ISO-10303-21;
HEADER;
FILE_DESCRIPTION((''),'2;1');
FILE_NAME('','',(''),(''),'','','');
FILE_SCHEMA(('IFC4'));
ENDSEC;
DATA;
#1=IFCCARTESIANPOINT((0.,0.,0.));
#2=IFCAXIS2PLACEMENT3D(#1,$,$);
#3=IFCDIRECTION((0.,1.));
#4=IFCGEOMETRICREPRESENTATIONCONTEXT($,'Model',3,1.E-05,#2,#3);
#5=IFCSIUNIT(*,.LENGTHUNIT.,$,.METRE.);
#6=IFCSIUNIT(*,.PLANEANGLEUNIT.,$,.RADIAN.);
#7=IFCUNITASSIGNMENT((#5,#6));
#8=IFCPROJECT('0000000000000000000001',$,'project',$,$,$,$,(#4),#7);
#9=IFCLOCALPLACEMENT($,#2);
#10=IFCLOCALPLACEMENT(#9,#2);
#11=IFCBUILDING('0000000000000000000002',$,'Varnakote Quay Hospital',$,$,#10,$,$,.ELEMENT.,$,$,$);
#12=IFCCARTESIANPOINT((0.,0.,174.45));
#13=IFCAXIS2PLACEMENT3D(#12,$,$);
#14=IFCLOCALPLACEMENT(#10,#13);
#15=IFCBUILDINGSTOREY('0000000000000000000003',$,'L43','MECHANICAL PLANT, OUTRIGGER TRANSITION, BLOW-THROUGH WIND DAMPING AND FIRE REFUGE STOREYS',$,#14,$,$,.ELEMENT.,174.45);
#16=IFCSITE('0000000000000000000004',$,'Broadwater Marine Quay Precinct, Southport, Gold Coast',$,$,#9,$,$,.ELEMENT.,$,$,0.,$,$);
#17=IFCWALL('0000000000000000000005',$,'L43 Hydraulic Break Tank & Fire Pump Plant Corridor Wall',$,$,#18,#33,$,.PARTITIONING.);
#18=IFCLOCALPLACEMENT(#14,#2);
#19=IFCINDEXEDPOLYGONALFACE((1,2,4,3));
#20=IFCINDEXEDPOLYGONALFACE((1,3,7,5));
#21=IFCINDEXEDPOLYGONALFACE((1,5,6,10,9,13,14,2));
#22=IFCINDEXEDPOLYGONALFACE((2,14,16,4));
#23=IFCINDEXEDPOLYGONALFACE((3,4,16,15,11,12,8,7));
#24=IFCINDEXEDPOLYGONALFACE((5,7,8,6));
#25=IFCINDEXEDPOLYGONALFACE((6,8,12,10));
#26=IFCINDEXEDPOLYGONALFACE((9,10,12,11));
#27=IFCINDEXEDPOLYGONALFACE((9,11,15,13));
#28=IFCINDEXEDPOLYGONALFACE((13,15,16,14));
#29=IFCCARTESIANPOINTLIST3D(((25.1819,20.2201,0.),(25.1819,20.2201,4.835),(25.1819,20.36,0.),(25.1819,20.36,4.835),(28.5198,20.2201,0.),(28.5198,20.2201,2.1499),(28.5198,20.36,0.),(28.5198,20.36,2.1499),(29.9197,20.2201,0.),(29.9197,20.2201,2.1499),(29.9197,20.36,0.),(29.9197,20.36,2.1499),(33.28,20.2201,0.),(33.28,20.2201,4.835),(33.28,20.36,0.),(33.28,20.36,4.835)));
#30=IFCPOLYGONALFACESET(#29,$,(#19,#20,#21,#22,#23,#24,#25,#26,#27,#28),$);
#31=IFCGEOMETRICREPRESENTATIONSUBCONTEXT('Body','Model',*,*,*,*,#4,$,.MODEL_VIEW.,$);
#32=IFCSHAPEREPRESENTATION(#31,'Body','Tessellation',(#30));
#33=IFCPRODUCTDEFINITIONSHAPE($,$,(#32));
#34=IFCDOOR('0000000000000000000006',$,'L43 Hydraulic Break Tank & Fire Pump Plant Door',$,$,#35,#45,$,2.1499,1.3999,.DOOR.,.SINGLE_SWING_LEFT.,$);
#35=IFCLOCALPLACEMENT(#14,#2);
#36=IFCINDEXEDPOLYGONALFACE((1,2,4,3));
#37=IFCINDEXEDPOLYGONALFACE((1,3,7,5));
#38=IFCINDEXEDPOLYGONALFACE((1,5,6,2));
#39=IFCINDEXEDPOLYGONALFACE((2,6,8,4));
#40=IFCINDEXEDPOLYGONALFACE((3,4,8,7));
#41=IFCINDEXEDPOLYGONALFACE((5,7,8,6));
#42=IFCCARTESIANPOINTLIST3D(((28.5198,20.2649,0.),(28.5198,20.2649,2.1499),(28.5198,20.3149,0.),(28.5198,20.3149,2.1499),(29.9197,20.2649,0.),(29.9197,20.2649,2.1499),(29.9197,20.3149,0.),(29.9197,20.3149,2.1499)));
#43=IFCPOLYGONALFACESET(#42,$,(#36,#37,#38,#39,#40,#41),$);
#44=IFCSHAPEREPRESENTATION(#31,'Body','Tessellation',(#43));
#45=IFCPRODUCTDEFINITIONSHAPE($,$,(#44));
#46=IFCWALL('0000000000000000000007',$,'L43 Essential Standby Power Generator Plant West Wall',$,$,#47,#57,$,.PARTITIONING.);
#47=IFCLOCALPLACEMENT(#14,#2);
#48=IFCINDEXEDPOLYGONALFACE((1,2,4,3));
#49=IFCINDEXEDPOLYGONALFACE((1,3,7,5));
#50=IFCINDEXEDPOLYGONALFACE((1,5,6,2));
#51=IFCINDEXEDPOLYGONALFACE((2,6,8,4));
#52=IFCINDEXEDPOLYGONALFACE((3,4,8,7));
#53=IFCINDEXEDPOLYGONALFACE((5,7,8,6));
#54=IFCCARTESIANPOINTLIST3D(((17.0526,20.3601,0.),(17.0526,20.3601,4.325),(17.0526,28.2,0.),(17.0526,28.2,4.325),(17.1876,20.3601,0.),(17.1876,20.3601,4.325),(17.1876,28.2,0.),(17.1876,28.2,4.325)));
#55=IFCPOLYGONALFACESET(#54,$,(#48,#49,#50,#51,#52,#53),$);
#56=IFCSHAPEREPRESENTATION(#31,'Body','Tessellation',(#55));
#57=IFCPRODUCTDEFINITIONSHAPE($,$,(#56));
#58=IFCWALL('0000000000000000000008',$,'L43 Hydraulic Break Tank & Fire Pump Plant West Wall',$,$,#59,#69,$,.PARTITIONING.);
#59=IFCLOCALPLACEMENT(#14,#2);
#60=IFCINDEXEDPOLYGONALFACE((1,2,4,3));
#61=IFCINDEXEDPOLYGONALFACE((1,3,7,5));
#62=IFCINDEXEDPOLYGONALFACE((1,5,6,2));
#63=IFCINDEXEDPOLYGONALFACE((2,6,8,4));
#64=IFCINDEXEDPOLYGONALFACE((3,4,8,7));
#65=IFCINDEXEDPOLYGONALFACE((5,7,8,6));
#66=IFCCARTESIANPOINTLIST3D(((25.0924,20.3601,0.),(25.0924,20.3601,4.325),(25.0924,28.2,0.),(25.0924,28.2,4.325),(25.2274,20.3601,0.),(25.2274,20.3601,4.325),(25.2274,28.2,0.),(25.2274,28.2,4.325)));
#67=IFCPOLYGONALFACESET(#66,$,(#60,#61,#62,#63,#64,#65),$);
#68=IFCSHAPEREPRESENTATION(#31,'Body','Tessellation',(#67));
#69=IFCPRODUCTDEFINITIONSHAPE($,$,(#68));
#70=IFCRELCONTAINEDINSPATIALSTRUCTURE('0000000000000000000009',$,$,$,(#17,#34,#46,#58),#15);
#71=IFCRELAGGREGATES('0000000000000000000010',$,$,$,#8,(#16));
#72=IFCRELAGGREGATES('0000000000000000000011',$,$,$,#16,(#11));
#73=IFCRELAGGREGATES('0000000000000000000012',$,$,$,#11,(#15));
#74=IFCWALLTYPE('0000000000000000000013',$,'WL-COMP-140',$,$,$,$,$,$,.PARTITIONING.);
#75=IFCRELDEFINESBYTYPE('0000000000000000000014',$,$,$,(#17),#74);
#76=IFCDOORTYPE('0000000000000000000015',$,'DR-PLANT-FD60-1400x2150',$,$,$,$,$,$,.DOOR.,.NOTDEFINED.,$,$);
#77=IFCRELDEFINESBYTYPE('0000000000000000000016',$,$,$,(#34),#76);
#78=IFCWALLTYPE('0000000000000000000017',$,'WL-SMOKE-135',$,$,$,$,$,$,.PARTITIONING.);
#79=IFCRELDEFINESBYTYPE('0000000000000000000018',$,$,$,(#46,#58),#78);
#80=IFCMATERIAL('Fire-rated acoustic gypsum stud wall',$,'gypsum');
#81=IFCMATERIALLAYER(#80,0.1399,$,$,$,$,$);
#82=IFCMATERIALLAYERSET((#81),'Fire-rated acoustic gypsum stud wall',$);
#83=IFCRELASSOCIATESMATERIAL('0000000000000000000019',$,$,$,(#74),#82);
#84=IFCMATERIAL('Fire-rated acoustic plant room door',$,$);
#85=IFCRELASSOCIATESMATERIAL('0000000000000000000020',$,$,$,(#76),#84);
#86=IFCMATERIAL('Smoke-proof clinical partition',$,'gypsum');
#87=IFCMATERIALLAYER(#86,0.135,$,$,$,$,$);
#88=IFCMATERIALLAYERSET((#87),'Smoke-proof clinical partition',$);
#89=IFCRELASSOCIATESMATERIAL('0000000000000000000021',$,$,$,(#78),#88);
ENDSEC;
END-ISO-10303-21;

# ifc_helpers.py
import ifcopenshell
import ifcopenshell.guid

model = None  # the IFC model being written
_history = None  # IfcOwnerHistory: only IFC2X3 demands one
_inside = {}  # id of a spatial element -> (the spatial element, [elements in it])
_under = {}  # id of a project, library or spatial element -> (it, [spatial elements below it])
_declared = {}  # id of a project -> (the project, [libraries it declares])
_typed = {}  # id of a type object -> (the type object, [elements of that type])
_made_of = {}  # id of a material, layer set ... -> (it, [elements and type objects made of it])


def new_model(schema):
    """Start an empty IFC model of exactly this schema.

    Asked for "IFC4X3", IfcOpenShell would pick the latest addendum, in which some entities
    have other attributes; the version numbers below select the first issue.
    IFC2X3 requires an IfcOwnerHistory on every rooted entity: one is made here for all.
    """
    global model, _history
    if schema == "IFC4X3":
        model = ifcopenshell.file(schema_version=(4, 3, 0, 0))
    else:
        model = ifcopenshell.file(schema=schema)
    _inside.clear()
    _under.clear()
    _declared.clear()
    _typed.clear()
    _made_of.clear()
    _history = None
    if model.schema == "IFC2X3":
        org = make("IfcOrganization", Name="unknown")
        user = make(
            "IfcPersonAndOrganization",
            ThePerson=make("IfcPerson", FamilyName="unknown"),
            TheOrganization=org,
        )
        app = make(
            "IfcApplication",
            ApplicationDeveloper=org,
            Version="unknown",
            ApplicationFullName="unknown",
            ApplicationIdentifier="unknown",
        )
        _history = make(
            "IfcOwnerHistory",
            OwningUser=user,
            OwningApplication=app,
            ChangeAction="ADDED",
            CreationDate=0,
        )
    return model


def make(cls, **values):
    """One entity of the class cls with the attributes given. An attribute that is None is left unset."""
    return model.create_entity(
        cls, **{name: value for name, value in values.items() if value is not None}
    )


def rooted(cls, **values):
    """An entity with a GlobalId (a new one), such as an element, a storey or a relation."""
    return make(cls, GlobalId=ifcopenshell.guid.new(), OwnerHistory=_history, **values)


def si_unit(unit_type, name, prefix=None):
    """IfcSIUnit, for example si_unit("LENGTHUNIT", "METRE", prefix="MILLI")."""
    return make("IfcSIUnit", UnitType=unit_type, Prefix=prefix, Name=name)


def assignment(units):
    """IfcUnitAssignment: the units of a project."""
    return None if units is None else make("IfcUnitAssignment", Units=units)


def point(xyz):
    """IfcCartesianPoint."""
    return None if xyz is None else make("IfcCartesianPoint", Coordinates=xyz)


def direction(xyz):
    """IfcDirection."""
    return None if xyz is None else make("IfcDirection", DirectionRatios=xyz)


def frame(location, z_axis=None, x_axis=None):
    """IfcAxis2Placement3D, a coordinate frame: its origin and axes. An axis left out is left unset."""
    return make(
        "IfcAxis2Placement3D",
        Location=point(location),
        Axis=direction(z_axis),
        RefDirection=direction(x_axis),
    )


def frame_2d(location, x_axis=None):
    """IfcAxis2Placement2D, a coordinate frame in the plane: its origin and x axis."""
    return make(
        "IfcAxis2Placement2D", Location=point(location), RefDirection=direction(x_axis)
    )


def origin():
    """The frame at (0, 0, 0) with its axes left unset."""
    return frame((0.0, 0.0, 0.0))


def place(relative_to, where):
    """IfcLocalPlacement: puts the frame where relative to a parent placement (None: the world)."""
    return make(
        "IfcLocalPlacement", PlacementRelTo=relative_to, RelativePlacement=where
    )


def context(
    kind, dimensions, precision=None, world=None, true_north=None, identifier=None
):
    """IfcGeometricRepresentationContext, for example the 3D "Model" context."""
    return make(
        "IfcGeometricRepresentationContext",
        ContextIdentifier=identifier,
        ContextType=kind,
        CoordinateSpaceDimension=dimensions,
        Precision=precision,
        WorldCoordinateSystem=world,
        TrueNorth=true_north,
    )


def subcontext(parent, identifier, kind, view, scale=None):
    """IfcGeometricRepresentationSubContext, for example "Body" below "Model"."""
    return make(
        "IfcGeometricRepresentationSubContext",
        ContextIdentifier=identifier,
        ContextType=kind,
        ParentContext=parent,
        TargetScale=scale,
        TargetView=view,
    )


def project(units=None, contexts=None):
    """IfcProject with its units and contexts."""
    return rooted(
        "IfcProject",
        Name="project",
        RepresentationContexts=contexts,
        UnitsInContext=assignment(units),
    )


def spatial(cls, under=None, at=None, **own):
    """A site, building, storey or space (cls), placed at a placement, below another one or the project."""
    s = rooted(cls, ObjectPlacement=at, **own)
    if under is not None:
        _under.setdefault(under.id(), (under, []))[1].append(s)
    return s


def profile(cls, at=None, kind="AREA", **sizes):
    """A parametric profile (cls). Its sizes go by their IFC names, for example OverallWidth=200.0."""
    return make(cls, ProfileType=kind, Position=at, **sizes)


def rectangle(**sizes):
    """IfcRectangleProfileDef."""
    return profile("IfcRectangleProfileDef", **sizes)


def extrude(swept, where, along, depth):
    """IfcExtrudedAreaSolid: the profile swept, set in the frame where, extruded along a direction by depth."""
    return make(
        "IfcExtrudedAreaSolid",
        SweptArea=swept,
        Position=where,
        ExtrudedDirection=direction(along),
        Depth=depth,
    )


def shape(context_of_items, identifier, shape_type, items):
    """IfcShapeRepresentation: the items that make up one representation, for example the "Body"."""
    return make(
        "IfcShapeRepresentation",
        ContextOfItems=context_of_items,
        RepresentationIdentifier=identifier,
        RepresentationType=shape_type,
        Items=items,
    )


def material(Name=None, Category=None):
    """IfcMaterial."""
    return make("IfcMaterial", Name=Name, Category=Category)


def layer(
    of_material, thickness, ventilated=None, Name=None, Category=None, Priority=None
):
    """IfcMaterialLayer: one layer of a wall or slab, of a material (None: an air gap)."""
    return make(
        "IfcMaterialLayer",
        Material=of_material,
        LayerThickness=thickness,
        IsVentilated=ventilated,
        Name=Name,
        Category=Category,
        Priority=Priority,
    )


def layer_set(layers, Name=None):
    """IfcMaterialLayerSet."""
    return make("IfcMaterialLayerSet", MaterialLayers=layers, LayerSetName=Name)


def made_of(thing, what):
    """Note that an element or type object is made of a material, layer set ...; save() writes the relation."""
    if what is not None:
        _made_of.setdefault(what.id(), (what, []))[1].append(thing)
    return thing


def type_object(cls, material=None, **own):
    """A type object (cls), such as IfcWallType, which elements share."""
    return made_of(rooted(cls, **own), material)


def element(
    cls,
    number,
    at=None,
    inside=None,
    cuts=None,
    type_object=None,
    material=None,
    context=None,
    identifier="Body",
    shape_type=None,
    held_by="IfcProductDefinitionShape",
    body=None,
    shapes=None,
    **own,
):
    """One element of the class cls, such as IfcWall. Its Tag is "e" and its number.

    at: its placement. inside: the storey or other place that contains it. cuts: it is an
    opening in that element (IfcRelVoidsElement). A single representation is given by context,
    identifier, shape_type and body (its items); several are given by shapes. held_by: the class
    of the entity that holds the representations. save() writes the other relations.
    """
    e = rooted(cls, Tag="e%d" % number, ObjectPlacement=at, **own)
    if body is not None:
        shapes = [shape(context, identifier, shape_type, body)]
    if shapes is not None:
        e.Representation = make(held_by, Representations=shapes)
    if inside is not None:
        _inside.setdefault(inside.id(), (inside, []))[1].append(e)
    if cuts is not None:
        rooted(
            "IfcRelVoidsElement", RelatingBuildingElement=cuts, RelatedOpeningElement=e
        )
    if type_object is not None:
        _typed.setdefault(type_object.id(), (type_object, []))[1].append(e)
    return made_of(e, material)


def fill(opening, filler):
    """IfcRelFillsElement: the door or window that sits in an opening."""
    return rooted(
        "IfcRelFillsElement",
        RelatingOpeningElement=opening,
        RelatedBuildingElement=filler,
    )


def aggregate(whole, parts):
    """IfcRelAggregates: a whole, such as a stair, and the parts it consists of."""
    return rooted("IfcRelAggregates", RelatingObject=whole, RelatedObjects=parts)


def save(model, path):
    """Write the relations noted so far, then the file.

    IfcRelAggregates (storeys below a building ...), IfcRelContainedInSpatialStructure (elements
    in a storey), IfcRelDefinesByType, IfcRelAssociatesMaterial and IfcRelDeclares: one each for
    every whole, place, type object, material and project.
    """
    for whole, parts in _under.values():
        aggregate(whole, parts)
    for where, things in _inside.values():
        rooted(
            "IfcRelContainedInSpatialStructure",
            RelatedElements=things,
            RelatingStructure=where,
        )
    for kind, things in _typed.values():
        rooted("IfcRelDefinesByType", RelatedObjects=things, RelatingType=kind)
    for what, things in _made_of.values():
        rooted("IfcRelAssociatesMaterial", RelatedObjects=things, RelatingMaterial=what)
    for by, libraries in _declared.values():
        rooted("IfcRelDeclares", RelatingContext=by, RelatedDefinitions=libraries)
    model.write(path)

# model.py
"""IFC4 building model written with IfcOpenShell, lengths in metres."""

from ifc_helpers import new_model, si_unit, direction, frame, frame_2d, origin, place, context, subcontext, project, spatial, rectangle, extrude, material, layer, layer_set, type_object, element, fill, save


model = new_model("IFC4")

# Units and contexts
model_context = context("Model", 3, precision=1e-05, world=origin(), true_north=direction((0.0, 1.0)))
body_context = subcontext(model_context, "Body", "Model", "MODEL_VIEW")
ifc_project = project(units=[si_unit("LENGTHUNIT", "METRE"), si_unit("PLANEANGLEUNIT", "RADIAN")], contexts=[model_context])

# Site, building, storey
site_placement = place(None, origin())
site = spatial("IfcSite", under=ifc_project, at=site_placement, Name="Broadwater Marine Quay Precinct, Southport, Gold Coast", CompositionType="ELEMENT", RefElevation=0.0)
building_placement = place(site_placement, origin())
building = spatial("IfcBuilding", under=site, at=building_placement, Name="Varnakote Quay Hospital", CompositionType="ELEMENT")
storey_placement = place(building_placement, frame((0.0, 0.0, 174.45)))
storey = spatial("IfcBuildingStorey", under=building, at=storey_placement, Name="L43", Description="MECHANICAL PLANT, OUTRIGGER TRANSITION, BLOW-THROUGH WIND DAMPING AND FIRE REFUGE STOREYS", CompositionType="ELEMENT", Elevation=174.45)

# Wall, opening, door
ifc_material_1 = material(Name="Fire-rated acoustic gypsum stud wall", Category="gypsum")
ifc_layer_1 = layer(ifc_material_1, 0.1399)
ifc_layer_set_1 = layer_set([ifc_layer_1], Name="Fire-rated acoustic gypsum stud wall")
wall_type_1 = type_object("IfcWallType", Name="WL-COMP-140", PredefinedType="PARTITIONING", material=ifc_layer_set_1)
ifc_material_2 = material(Name="Fire-rated acoustic plant room door")
door_type = type_object("IfcDoorType", Name="DR-PLANT-FD60-1400x2150", OperationType="NOTDEFINED", PredefinedType="DOOR", material=ifc_material_2)
wall_1_placement = place(storey_placement, frame((25.1819, 20.29, 0.0), z_axis=(0.0, 0.0, 1.0), x_axis=(1.0, 0.0, 0.0)))
wall_1 = element("IfcWall", 1, at=wall_1_placement, inside=storey, type_object=wall_type_1, Name="L43 Hydraulic Break Tank & Fire Pump Plant Corridor Wall", PredefinedType="PARTITIONING", context=body_context, shape_type="SweptSolid", body=[
    extrude(rectangle(XDim=8.0981, YDim=0.1399, at=frame_2d((4.0491, 0.0))), origin(), (0.0, 0.0, 1.0), 4.835),
])
opening_1_placement = place(wall_1_placement, frame((3.3379, 0.0, 0.0)))
opening_1 = element("IfcOpeningElement", 2, at=opening_1_placement, cuts=wall_1, PredefinedType="OPENING", context=body_context, shape_type="SweptSolid", body=[
    extrude(rectangle(XDim=1.3999, YDim=2.1499, at=frame_2d((0.7, 1.075))), frame((0.0, 0.0798, 0.0), z_axis=(0.0, -1.0, 0.0), x_axis=(1.0, 0.0, 0.0)), (0.0, 0.0, 1.0), 0.1599),
])
door_1_placement = place(opening_1_placement, origin())
door_1 = element("IfcDoor", 3, at=door_1_placement, inside=storey, type_object=door_type, Name="L43 Hydraulic Break Tank & Fire Pump Plant Door", OperationType="SINGLE_SWING_LEFT", OverallHeight=2.1499, OverallWidth=1.3999, PredefinedType="DOOR", context=body_context, shape_type="SweptSolid", body=[
    extrude(rectangle(XDim=1.3999, YDim=2.1499, at=frame_2d((0.7, 1.075))), frame((0.0, 0.0249, 0.0), z_axis=(0.0, -1.0, 0.0), x_axis=(1.0, 0.0, 0.0)), (0.0, 0.0, 1.0), 0.05),
])
fill(opening_1, door_1)

# Walls
ifc_material_3 = material(Name="Smoke-proof clinical partition", Category="gypsum")
ifc_layer_2 = layer(ifc_material_3, 0.135)
ifc_layer_set_2 = layer_set([ifc_layer_2], Name="Smoke-proof clinical partition")
wall_type_2 = type_object("IfcWallType", Name="WL-SMOKE-135", PredefinedType="PARTITIONING", material=ifc_layer_set_2)
for number, where, z_axis, x_axis, name in (
    (4, (17.1201, 20.3601, 0.0), (0.0, 0.0, 1.0), (0.0, 1.0, 0.0), "L43 Essential Standby Power Generator Plant West Wall"),
    (5, (25.1599, 20.3601, 0.0), (0.0, 0.0, 1.0), (0.0, 1.0, 0.0), "L43 Hydraulic Break Tank & Fire Pump Plant West Wall"),
):
    element("IfcWall", number, at=place(storey_placement, frame(where, z_axis=z_axis, x_axis=x_axis)), inside=storey, type_object=wall_type_2, Name=name, PredefinedType="PARTITIONING", context=body_context, shape_type="SweptSolid", body=[
        extrude(rectangle(XDim=7.8398, YDim=0.135, at=frame_2d((3.9199, 0.0))), origin(), (0.0, 0.0, 1.0), 4.325),
    ])

save(model, "model.ifc")
